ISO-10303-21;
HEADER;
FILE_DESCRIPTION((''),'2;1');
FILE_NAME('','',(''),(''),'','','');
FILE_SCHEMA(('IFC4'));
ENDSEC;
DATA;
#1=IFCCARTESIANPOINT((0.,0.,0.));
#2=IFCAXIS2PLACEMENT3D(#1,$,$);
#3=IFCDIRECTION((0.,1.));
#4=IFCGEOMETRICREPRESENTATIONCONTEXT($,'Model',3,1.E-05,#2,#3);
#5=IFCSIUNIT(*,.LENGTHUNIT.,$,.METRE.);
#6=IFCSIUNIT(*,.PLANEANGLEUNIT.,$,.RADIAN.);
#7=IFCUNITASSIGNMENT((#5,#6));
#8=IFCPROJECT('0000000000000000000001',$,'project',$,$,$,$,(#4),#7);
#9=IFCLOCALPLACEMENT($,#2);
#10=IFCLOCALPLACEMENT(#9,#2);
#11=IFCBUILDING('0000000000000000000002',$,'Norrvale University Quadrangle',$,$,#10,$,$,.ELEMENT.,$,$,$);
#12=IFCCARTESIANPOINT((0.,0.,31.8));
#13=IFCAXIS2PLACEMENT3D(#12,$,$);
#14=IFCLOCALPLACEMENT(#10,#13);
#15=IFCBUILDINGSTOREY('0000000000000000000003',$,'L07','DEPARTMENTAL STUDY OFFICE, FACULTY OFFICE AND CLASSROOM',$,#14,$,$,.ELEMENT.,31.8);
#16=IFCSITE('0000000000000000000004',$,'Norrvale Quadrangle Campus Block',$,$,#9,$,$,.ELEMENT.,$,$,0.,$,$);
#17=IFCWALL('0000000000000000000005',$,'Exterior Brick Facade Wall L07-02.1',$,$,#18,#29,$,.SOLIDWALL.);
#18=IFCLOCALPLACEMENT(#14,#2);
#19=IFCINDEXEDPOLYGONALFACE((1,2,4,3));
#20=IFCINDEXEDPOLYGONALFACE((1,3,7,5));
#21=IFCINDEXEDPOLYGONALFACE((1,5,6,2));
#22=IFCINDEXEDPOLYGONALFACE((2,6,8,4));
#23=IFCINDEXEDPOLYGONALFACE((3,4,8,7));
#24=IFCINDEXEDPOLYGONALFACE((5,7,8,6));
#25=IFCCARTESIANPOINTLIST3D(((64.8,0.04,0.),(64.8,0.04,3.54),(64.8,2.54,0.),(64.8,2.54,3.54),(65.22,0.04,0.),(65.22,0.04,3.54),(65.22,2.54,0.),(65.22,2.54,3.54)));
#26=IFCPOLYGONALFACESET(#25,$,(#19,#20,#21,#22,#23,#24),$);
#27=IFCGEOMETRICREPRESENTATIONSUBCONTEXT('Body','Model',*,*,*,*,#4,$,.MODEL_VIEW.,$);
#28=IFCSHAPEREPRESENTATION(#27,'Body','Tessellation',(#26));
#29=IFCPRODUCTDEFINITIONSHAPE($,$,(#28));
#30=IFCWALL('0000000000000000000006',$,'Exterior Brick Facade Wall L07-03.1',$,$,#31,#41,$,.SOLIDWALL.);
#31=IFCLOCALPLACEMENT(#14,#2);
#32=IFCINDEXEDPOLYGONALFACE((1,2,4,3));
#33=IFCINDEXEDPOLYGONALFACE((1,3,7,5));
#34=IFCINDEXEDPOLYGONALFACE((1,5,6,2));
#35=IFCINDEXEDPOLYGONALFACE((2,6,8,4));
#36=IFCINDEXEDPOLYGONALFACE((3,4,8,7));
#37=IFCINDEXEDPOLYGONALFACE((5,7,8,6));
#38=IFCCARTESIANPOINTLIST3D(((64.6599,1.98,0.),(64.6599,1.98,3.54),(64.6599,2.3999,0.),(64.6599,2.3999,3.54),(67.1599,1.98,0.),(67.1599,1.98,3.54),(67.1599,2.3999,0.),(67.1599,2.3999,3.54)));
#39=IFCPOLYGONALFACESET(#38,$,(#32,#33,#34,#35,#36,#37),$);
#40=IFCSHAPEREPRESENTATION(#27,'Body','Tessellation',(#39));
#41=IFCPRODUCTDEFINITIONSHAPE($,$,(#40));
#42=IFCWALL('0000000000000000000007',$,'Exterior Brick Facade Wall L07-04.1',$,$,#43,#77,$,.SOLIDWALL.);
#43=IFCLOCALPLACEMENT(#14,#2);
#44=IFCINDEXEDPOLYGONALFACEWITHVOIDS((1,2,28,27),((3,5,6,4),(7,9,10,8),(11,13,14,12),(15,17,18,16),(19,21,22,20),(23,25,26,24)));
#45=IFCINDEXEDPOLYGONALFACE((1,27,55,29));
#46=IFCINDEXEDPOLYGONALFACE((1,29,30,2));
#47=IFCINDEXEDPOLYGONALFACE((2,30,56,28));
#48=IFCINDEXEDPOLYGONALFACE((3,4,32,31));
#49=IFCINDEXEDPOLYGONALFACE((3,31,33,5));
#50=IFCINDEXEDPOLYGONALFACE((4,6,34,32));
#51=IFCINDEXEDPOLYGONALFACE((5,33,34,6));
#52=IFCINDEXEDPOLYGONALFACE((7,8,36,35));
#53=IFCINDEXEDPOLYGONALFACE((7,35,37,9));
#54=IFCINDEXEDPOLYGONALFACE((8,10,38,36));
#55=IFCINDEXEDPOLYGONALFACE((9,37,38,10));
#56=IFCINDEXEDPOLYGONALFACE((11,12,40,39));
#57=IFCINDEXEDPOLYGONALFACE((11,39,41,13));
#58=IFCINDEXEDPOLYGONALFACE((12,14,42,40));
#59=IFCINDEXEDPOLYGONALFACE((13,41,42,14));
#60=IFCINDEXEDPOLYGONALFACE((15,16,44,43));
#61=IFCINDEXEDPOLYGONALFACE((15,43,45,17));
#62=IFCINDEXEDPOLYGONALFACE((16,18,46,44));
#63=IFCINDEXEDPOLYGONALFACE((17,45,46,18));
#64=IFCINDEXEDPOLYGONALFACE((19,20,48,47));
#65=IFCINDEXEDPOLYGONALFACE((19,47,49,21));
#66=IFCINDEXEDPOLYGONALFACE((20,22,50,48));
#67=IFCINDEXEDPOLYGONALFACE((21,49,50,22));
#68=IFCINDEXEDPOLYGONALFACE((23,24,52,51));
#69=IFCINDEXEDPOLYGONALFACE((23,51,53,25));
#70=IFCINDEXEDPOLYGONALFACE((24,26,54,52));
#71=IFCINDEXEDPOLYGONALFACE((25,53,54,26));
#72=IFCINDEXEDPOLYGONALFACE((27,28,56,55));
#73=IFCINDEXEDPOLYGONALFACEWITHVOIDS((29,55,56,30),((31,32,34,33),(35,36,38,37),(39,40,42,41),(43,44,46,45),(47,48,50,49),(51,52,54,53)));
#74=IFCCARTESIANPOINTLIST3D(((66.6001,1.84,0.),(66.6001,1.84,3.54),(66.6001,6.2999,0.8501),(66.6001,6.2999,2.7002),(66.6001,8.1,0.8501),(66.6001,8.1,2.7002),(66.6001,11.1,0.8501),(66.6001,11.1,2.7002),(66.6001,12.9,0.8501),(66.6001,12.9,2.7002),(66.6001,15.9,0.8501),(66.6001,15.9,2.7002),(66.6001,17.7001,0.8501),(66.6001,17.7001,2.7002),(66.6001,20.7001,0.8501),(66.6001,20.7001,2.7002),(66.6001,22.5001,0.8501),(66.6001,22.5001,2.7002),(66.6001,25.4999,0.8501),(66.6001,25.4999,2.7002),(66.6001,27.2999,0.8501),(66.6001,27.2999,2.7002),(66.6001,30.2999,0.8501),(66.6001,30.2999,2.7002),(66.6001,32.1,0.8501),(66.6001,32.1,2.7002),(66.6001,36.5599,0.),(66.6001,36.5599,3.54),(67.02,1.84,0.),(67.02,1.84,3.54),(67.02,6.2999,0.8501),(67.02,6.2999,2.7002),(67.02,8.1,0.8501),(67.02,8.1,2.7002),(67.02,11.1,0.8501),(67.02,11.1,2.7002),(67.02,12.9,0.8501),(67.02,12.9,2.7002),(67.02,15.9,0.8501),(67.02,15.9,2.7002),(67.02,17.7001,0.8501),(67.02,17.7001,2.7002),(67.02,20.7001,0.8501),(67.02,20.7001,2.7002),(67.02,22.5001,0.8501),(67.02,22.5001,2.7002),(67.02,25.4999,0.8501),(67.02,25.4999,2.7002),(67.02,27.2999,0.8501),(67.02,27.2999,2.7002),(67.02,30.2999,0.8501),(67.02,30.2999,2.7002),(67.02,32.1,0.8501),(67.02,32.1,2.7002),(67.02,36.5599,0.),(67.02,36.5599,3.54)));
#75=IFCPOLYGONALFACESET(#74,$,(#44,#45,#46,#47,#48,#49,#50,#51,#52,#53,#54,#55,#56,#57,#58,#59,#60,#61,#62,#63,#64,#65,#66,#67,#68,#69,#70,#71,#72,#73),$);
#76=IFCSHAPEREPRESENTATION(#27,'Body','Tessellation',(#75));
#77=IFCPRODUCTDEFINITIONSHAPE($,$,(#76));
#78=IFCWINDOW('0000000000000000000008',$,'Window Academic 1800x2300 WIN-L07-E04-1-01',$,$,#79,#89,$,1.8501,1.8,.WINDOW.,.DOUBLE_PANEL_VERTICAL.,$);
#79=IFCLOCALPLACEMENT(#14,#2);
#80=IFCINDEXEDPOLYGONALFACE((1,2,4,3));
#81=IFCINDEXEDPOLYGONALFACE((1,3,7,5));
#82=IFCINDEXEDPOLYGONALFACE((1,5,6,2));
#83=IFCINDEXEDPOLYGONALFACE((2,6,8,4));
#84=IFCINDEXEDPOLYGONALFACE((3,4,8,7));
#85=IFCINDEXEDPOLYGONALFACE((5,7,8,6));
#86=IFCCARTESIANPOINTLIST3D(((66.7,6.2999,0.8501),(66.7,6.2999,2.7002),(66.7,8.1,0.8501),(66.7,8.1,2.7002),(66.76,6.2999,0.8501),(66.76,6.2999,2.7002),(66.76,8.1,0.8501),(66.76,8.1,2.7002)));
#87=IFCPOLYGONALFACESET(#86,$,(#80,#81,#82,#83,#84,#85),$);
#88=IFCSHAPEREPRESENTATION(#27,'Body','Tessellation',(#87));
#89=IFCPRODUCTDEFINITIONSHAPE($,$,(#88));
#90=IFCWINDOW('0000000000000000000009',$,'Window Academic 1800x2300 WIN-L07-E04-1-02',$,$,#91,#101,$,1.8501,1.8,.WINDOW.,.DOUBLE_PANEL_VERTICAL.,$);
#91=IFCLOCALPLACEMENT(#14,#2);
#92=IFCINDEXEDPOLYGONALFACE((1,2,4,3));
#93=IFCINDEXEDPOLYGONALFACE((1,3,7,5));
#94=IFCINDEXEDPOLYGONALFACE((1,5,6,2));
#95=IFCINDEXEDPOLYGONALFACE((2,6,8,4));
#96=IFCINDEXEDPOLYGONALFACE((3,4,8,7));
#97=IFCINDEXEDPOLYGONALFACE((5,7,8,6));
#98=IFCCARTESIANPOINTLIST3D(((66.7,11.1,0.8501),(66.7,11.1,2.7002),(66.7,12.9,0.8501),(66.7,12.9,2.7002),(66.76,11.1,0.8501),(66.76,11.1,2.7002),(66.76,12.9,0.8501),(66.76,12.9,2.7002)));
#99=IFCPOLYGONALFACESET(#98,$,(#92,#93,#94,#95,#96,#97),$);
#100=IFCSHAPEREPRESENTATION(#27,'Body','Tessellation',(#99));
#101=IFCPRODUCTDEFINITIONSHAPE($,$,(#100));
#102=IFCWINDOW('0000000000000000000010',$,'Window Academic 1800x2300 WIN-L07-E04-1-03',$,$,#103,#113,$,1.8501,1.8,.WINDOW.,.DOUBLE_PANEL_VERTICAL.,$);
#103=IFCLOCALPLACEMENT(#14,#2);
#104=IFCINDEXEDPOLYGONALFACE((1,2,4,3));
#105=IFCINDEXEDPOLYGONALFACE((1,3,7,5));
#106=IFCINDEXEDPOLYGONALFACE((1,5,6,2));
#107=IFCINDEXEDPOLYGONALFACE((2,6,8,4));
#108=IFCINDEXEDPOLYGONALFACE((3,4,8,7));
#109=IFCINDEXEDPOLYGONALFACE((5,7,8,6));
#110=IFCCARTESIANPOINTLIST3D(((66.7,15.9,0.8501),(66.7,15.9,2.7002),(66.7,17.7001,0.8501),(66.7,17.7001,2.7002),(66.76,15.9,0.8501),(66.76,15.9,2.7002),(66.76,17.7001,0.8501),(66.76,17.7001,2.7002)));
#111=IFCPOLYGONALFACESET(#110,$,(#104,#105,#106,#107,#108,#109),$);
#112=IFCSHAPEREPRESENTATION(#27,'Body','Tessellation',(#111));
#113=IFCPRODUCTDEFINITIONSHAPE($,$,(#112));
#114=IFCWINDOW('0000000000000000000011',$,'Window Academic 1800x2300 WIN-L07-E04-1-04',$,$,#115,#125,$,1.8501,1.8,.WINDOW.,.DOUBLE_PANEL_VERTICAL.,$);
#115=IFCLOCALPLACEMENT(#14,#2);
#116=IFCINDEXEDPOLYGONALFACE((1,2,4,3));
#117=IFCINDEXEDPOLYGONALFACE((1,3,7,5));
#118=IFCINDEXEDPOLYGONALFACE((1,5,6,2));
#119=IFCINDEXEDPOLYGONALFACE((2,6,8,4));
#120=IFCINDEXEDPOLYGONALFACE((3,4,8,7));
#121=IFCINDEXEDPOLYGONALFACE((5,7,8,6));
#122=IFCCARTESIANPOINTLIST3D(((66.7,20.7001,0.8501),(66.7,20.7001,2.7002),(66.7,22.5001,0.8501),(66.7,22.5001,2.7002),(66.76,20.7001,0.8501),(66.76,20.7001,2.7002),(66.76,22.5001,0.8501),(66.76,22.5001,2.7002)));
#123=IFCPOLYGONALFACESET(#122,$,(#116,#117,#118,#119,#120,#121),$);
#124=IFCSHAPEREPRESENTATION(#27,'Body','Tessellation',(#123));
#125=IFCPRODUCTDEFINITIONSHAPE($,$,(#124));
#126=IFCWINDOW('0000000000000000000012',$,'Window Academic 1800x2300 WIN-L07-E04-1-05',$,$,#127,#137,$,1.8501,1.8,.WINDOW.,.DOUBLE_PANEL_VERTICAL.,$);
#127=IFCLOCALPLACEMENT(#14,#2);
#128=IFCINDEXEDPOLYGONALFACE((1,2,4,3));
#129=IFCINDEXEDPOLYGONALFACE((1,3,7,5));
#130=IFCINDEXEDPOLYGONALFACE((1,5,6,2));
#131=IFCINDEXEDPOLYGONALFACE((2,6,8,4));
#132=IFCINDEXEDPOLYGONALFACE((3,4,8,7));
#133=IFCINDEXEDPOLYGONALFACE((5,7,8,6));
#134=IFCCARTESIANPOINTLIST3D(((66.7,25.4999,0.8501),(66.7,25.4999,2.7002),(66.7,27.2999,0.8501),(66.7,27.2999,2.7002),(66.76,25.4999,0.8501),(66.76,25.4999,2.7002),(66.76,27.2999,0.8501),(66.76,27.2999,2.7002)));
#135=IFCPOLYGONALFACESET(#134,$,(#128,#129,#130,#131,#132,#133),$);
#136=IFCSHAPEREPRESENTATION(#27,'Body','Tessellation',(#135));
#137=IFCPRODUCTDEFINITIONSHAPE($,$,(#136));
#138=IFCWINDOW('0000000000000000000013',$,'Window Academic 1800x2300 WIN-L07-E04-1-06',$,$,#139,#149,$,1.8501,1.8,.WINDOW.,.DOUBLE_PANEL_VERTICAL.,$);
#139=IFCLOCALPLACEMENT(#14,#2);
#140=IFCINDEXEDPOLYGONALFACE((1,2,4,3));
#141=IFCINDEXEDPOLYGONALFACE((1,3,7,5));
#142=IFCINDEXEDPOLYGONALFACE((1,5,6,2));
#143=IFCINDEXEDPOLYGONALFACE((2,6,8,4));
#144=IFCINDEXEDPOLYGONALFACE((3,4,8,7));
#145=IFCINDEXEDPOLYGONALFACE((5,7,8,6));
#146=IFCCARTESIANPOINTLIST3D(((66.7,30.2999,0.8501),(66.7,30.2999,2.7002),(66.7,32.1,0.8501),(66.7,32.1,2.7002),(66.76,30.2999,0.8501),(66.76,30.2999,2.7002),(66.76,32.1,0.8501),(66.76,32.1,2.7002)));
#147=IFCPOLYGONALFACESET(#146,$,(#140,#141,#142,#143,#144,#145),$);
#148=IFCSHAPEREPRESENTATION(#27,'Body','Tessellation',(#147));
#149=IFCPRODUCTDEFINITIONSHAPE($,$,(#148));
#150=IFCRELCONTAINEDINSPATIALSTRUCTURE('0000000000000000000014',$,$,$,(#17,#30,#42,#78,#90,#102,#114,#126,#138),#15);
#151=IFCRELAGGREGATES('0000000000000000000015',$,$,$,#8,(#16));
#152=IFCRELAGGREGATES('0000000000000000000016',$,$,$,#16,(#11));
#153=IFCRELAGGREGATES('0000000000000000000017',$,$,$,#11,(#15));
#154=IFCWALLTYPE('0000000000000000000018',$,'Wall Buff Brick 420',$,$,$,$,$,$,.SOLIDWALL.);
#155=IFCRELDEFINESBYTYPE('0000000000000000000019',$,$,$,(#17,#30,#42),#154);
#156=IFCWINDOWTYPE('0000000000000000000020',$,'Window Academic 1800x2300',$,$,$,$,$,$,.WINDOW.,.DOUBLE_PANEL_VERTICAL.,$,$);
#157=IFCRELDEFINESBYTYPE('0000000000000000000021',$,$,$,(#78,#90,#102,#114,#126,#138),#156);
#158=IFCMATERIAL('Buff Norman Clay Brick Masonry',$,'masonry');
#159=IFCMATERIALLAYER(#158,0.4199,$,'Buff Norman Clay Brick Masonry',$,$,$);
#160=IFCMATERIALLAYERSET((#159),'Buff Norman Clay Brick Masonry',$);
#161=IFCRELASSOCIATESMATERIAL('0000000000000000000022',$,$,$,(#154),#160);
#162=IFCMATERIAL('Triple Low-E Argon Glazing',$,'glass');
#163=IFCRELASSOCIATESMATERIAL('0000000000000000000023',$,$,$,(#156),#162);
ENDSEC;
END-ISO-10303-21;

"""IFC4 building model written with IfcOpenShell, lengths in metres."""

from ifc_helpers import new_model, si_unit, direction, frame, frame_2d, origin, place, context, subcontext, project, spatial, rectangle, extrude, material, layer, layer_set, type_object, element, fill, save


model = new_model("IFC4")

# Units and contexts
model_context = context("Model", 3, precision=1e-05, world=origin(), true_north=direction((0.0, 1.0)))
body_context = subcontext(model_context, "Body", "Model", "MODEL_VIEW")
ifc_project = project(units=[si_unit("LENGTHUNIT", "METRE"), si_unit("PLANEANGLEUNIT", "RADIAN")], contexts=[model_context])

# Site, building, storey
site_placement = place(None, origin())
site = spatial("IfcSite", under=ifc_project, at=site_placement, Name="Norrvale Quadrangle Campus Block", CompositionType="ELEMENT", RefElevation=0.0)
building_placement = place(site_placement, origin())
building = spatial("IfcBuilding", under=site, at=building_placement, Name="Norrvale University Quadrangle", CompositionType="ELEMENT")
storey_placement = place(building_placement, frame((0.0, 0.0, 31.8)))
storey = spatial("IfcBuildingStorey", under=building, at=storey_placement, Name="L07", Description="DEPARTMENTAL STUDY OFFICE, FACULTY OFFICE AND CLASSROOM", CompositionType="ELEMENT", Elevation=31.8)

# Walls
ifc_material_1 = material(Name="Buff Norman Clay Brick Masonry", Category="masonry")
ifc_layer_1 = layer(ifc_material_1, 0.4199, Name="Buff Norman Clay Brick Masonry")
ifc_layer_set_1 = layer_set([ifc_layer_1], Name="Buff Norman Clay Brick Masonry")
wall_type_1 = type_object("IfcWallType", Name="Wall Buff Brick 420", PredefinedType="SOLIDWALL", material=ifc_layer_set_1)
for number, where, z_axis, x_axis, name in (
    (1, (65.01, 0.04, 0.0), (0.0, 0.0, 1.0), (0.0, 1.0, 0.0), "Exterior Brick Facade Wall L07-02.1"),
    (2, (64.6599, 2.1899, 0.0), (0.0, 0.0, 1.0), (1.0, 0.0, 0.0), "Exterior Brick Facade Wall L07-03.1"),
):
    element("IfcWall", number, at=place(storey_placement, frame(where, z_axis=z_axis, x_axis=x_axis)), inside=storey, type_object=wall_type_1, Name=name, PredefinedType="SOLIDWALL", context=body_context, shape_type="SweptSolid", body=[
        extrude(rectangle(XDim=2.5, YDim=0.4199, at=frame_2d((1.25, 0.0))), origin(), (0.0, 0.0, 1.0), 3.54),
    ])

# Wall, openings, windows
wall_1_placement = place(storey_placement, frame((66.8101, 1.8401, 0.0), z_axis=(0.0, 0.0, 1.0), x_axis=(0.0, 1.0, 0.0)))
wall_1 = element("IfcWall", 3, at=wall_1_placement, inside=storey, type_object=wall_type_1, Name="Exterior Brick Facade Wall L07-04.1", PredefinedType="SOLIDWALL", context=body_context, shape_type="SweptSolid", body=[
    extrude(rectangle(XDim=34.72, YDim=0.4199, at=frame_2d((17.3599, 0.0))), origin(), (0.0, 0.0, 1.0), 3.54),
])
opening_1_placement = place(wall_1_placement, frame((4.46, 0.0, 0.8501)))
opening_1 = element("IfcOpeningElement", 4, at=opening_1_placement, cuts=wall_1, PredefinedType="OPENING", context=body_context, shape_type="SweptSolid", body=[
    extrude(rectangle(XDim=1.8, YDim=1.8501, at=frame_2d((0.8999, 0.925))), frame((0.0, 0.2219, 0.0), z_axis=(0.0, -1.0, 0.0), x_axis=(1.0, 0.0, 0.0)), (0.0, 0.0, 1.0), 0.4438),
])
opening_2_placement = place(wall_1_placement, frame((9.26, 0.0, 0.8501)))
opening_2 = element("IfcOpeningElement", 5, at=opening_2_placement, cuts=wall_1, PredefinedType="OPENING", context=body_context, shape_type="SweptSolid", body=[
    extrude(rectangle(XDim=1.8, YDim=1.8501, at=frame_2d((0.8999, 0.925))), frame((0.0, 0.2219, 0.0), z_axis=(0.0, -1.0, 0.0), x_axis=(1.0, 0.0, 0.0)), (0.0, 0.0, 1.0), 0.4438),
])
opening_3_placement = place(wall_1_placement, frame((14.0601, 0.0, 0.8501)))
opening_3 = element("IfcOpeningElement", 6, at=opening_3_placement, cuts=wall_1, PredefinedType="OPENING", context=body_context, shape_type="SweptSolid", body=[
    extrude(rectangle(XDim=1.8, YDim=1.8501, at=frame_2d((0.8999, 0.925))), frame((0.0, 0.2219, 0.0), z_axis=(0.0, -1.0, 0.0), x_axis=(1.0, 0.0, 0.0)), (0.0, 0.0, 1.0), 0.4438),
])
opening_4_placement = place(wall_1_placement, frame((18.8601, 0.0, 0.8501)))
opening_4 = element("IfcOpeningElement", 7, at=opening_4_placement, cuts=wall_1, PredefinedType="OPENING", context=body_context, shape_type="SweptSolid", body=[
    extrude(rectangle(XDim=1.8, YDim=1.8501, at=frame_2d((0.8999, 0.925))), frame((0.0, 0.2219, 0.0), z_axis=(0.0, -1.0, 0.0), x_axis=(1.0, 0.0, 0.0)), (0.0, 0.0, 1.0), 0.4438),
])
opening_5_placement = place(wall_1_placement, frame((23.6599, 0.0, 0.8501)))
opening_5 = element("IfcOpeningElement", 8, at=opening_5_placement, cuts=wall_1, PredefinedType="OPENING", context=body_context, shape_type="SweptSolid", body=[
    extrude(rectangle(XDim=1.8, YDim=1.8501, at=frame_2d((0.8999, 0.925))), frame((0.0, 0.2219, 0.0), z_axis=(0.0, -1.0, 0.0), x_axis=(1.0, 0.0, 0.0)), (0.0, 0.0, 1.0), 0.4438),
])
opening_6_placement = place(wall_1_placement, frame((28.46, 0.0, 0.8501)))
opening_6 = element("IfcOpeningElement", 9, at=opening_6_placement, cuts=wall_1, PredefinedType="OPENING", context=body_context, shape_type="SweptSolid", body=[
    extrude(rectangle(XDim=1.8, YDim=1.8501, at=frame_2d((0.8999, 0.925))), frame((0.0, 0.2219, 0.0), z_axis=(0.0, -1.0, 0.0), x_axis=(1.0, 0.0, 0.0)), (0.0, 0.0, 1.0), 0.4438),
])
ifc_material_2 = material(Name="Triple Low-E Argon Glazing", Category="glass")
window_type = type_object("IfcWindowType", Name="Window Academic 1800x2300", PartitioningType="DOUBLE_PANEL_VERTICAL", PredefinedType="WINDOW", material=ifc_material_2)
window_1_placement = place(opening_1_placement, origin())
window_1 = element("IfcWindow", 10, at=window_1_placement, inside=storey, type_object=window_type, Name="Window Academic 1800x2300 WIN-L07-E04-1-01", OverallHeight=1.8501, OverallWidth=1.8, PartitioningType="DOUBLE_PANEL_VERTICAL", PredefinedType="WINDOW", context=body_context, shape_type="SweptSolid", body=[
    extrude(rectangle(XDim=1.8, YDim=1.8501, at=frame_2d((0.8999, 0.925))), frame((0.0, 0.1101, 0.0), z_axis=(0.0, -1.0, 0.0), x_axis=(1.0, 0.0, 0.0)), (0.0, 0.0, 1.0), 0.0601),
])
fill(opening_1, window_1)
window_2_placement = place(opening_2_placement, origin())
window_2 = element("IfcWindow", 11, at=window_2_placement, inside=storey, type_object=window_type, Name="Window Academic 1800x2300 WIN-L07-E04-1-02", OverallHeight=1.8501, OverallWidth=1.8, PartitioningType="DOUBLE_PANEL_VERTICAL", PredefinedType="WINDOW", context=body_context, shape_type="SweptSolid", body=[
    extrude(rectangle(XDim=1.8, YDim=1.8501, at=frame_2d((0.8999, 0.925))), frame((0.0, 0.1101, 0.0), z_axis=(0.0, -1.0, 0.0), x_axis=(1.0, 0.0, 0.0)), (0.0, 0.0, 1.0), 0.0601),
])
fill(opening_2, window_2)
window_3_placement = place(opening_3_placement, origin())
window_3 = element("IfcWindow", 12, at=window_3_placement, inside=storey, type_object=window_type, Name="Window Academic 1800x2300 WIN-L07-E04-1-03", OverallHeight=1.8501, OverallWidth=1.8, PartitioningType="DOUBLE_PANEL_VERTICAL", PredefinedType="WINDOW", context=body_context, shape_type="SweptSolid", body=[
    extrude(rectangle(XDim=1.8, YDim=1.8501, at=frame_2d((0.8999, 0.925))), frame((0.0, 0.1101, 0.0), z_axis=(0.0, -1.0, 0.0), x_axis=(1.0, 0.0, 0.0)), (0.0, 0.0, 1.0), 0.0601),
])
fill(opening_3, window_3)
window_4_placement = place(opening_4_placement, origin())
window_4 = element("IfcWindow", 13, at=window_4_placement, inside=storey, type_object=window_type, Name="Window Academic 1800x2300 WIN-L07-E04-1-04", OverallHeight=1.8501, OverallWidth=1.8, PartitioningType="DOUBLE_PANEL_VERTICAL", PredefinedType="WINDOW", context=body_context, shape_type="SweptSolid", body=[
    extrude(rectangle(XDim=1.8, YDim=1.8501, at=frame_2d((0.8999, 0.925))), frame((0.0, 0.1101, 0.0), z_axis=(0.0, -1.0, 0.0), x_axis=(1.0, 0.0, 0.0)), (0.0, 0.0, 1.0), 0.0601),
])
fill(opening_4, window_4)
window_5_placement = place(opening_5_placement, origin())
window_5 = element("IfcWindow", 14, at=window_5_placement, inside=storey, type_object=window_type, Name="Window Academic 1800x2300 WIN-L07-E04-1-05", OverallHeight=1.8501, OverallWidth=1.8, PartitioningType="DOUBLE_PANEL_VERTICAL", PredefinedType="WINDOW", context=body_context, shape_type="SweptSolid", body=[
    extrude(rectangle(XDim=1.8, YDim=1.8501, at=frame_2d((0.8999, 0.925))), frame((0.0, 0.1101, 0.0), z_axis=(0.0, -1.0, 0.0), x_axis=(1.0, 0.0, 0.0)), (0.0, 0.0, 1.0), 0.0601),
])
fill(opening_5, window_5)
window_6_placement = place(opening_6_placement, origin())
window_6 = element("IfcWindow", 15, at=window_6_placement, inside=storey, type_object=window_type, Name="Window Academic 1800x2300 WIN-L07-E04-1-06", OverallHeight=1.8501, OverallWidth=1.8, PartitioningType="DOUBLE_PANEL_VERTICAL", PredefinedType="WINDOW", context=body_context, shape_type="SweptSolid", body=[
    extrude(rectangle(XDim=1.8, YDim=1.8501, at=frame_2d((0.8999, 0.925))), frame((0.0, 0.1101, 0.0), z_axis=(0.0, -1.0, 0.0), x_axis=(1.0, 0.0, 0.0)), (0.0, 0.0, 1.0), 0.0601),
])
fill(opening_6, window_6)

save(model, "model.ifc")
